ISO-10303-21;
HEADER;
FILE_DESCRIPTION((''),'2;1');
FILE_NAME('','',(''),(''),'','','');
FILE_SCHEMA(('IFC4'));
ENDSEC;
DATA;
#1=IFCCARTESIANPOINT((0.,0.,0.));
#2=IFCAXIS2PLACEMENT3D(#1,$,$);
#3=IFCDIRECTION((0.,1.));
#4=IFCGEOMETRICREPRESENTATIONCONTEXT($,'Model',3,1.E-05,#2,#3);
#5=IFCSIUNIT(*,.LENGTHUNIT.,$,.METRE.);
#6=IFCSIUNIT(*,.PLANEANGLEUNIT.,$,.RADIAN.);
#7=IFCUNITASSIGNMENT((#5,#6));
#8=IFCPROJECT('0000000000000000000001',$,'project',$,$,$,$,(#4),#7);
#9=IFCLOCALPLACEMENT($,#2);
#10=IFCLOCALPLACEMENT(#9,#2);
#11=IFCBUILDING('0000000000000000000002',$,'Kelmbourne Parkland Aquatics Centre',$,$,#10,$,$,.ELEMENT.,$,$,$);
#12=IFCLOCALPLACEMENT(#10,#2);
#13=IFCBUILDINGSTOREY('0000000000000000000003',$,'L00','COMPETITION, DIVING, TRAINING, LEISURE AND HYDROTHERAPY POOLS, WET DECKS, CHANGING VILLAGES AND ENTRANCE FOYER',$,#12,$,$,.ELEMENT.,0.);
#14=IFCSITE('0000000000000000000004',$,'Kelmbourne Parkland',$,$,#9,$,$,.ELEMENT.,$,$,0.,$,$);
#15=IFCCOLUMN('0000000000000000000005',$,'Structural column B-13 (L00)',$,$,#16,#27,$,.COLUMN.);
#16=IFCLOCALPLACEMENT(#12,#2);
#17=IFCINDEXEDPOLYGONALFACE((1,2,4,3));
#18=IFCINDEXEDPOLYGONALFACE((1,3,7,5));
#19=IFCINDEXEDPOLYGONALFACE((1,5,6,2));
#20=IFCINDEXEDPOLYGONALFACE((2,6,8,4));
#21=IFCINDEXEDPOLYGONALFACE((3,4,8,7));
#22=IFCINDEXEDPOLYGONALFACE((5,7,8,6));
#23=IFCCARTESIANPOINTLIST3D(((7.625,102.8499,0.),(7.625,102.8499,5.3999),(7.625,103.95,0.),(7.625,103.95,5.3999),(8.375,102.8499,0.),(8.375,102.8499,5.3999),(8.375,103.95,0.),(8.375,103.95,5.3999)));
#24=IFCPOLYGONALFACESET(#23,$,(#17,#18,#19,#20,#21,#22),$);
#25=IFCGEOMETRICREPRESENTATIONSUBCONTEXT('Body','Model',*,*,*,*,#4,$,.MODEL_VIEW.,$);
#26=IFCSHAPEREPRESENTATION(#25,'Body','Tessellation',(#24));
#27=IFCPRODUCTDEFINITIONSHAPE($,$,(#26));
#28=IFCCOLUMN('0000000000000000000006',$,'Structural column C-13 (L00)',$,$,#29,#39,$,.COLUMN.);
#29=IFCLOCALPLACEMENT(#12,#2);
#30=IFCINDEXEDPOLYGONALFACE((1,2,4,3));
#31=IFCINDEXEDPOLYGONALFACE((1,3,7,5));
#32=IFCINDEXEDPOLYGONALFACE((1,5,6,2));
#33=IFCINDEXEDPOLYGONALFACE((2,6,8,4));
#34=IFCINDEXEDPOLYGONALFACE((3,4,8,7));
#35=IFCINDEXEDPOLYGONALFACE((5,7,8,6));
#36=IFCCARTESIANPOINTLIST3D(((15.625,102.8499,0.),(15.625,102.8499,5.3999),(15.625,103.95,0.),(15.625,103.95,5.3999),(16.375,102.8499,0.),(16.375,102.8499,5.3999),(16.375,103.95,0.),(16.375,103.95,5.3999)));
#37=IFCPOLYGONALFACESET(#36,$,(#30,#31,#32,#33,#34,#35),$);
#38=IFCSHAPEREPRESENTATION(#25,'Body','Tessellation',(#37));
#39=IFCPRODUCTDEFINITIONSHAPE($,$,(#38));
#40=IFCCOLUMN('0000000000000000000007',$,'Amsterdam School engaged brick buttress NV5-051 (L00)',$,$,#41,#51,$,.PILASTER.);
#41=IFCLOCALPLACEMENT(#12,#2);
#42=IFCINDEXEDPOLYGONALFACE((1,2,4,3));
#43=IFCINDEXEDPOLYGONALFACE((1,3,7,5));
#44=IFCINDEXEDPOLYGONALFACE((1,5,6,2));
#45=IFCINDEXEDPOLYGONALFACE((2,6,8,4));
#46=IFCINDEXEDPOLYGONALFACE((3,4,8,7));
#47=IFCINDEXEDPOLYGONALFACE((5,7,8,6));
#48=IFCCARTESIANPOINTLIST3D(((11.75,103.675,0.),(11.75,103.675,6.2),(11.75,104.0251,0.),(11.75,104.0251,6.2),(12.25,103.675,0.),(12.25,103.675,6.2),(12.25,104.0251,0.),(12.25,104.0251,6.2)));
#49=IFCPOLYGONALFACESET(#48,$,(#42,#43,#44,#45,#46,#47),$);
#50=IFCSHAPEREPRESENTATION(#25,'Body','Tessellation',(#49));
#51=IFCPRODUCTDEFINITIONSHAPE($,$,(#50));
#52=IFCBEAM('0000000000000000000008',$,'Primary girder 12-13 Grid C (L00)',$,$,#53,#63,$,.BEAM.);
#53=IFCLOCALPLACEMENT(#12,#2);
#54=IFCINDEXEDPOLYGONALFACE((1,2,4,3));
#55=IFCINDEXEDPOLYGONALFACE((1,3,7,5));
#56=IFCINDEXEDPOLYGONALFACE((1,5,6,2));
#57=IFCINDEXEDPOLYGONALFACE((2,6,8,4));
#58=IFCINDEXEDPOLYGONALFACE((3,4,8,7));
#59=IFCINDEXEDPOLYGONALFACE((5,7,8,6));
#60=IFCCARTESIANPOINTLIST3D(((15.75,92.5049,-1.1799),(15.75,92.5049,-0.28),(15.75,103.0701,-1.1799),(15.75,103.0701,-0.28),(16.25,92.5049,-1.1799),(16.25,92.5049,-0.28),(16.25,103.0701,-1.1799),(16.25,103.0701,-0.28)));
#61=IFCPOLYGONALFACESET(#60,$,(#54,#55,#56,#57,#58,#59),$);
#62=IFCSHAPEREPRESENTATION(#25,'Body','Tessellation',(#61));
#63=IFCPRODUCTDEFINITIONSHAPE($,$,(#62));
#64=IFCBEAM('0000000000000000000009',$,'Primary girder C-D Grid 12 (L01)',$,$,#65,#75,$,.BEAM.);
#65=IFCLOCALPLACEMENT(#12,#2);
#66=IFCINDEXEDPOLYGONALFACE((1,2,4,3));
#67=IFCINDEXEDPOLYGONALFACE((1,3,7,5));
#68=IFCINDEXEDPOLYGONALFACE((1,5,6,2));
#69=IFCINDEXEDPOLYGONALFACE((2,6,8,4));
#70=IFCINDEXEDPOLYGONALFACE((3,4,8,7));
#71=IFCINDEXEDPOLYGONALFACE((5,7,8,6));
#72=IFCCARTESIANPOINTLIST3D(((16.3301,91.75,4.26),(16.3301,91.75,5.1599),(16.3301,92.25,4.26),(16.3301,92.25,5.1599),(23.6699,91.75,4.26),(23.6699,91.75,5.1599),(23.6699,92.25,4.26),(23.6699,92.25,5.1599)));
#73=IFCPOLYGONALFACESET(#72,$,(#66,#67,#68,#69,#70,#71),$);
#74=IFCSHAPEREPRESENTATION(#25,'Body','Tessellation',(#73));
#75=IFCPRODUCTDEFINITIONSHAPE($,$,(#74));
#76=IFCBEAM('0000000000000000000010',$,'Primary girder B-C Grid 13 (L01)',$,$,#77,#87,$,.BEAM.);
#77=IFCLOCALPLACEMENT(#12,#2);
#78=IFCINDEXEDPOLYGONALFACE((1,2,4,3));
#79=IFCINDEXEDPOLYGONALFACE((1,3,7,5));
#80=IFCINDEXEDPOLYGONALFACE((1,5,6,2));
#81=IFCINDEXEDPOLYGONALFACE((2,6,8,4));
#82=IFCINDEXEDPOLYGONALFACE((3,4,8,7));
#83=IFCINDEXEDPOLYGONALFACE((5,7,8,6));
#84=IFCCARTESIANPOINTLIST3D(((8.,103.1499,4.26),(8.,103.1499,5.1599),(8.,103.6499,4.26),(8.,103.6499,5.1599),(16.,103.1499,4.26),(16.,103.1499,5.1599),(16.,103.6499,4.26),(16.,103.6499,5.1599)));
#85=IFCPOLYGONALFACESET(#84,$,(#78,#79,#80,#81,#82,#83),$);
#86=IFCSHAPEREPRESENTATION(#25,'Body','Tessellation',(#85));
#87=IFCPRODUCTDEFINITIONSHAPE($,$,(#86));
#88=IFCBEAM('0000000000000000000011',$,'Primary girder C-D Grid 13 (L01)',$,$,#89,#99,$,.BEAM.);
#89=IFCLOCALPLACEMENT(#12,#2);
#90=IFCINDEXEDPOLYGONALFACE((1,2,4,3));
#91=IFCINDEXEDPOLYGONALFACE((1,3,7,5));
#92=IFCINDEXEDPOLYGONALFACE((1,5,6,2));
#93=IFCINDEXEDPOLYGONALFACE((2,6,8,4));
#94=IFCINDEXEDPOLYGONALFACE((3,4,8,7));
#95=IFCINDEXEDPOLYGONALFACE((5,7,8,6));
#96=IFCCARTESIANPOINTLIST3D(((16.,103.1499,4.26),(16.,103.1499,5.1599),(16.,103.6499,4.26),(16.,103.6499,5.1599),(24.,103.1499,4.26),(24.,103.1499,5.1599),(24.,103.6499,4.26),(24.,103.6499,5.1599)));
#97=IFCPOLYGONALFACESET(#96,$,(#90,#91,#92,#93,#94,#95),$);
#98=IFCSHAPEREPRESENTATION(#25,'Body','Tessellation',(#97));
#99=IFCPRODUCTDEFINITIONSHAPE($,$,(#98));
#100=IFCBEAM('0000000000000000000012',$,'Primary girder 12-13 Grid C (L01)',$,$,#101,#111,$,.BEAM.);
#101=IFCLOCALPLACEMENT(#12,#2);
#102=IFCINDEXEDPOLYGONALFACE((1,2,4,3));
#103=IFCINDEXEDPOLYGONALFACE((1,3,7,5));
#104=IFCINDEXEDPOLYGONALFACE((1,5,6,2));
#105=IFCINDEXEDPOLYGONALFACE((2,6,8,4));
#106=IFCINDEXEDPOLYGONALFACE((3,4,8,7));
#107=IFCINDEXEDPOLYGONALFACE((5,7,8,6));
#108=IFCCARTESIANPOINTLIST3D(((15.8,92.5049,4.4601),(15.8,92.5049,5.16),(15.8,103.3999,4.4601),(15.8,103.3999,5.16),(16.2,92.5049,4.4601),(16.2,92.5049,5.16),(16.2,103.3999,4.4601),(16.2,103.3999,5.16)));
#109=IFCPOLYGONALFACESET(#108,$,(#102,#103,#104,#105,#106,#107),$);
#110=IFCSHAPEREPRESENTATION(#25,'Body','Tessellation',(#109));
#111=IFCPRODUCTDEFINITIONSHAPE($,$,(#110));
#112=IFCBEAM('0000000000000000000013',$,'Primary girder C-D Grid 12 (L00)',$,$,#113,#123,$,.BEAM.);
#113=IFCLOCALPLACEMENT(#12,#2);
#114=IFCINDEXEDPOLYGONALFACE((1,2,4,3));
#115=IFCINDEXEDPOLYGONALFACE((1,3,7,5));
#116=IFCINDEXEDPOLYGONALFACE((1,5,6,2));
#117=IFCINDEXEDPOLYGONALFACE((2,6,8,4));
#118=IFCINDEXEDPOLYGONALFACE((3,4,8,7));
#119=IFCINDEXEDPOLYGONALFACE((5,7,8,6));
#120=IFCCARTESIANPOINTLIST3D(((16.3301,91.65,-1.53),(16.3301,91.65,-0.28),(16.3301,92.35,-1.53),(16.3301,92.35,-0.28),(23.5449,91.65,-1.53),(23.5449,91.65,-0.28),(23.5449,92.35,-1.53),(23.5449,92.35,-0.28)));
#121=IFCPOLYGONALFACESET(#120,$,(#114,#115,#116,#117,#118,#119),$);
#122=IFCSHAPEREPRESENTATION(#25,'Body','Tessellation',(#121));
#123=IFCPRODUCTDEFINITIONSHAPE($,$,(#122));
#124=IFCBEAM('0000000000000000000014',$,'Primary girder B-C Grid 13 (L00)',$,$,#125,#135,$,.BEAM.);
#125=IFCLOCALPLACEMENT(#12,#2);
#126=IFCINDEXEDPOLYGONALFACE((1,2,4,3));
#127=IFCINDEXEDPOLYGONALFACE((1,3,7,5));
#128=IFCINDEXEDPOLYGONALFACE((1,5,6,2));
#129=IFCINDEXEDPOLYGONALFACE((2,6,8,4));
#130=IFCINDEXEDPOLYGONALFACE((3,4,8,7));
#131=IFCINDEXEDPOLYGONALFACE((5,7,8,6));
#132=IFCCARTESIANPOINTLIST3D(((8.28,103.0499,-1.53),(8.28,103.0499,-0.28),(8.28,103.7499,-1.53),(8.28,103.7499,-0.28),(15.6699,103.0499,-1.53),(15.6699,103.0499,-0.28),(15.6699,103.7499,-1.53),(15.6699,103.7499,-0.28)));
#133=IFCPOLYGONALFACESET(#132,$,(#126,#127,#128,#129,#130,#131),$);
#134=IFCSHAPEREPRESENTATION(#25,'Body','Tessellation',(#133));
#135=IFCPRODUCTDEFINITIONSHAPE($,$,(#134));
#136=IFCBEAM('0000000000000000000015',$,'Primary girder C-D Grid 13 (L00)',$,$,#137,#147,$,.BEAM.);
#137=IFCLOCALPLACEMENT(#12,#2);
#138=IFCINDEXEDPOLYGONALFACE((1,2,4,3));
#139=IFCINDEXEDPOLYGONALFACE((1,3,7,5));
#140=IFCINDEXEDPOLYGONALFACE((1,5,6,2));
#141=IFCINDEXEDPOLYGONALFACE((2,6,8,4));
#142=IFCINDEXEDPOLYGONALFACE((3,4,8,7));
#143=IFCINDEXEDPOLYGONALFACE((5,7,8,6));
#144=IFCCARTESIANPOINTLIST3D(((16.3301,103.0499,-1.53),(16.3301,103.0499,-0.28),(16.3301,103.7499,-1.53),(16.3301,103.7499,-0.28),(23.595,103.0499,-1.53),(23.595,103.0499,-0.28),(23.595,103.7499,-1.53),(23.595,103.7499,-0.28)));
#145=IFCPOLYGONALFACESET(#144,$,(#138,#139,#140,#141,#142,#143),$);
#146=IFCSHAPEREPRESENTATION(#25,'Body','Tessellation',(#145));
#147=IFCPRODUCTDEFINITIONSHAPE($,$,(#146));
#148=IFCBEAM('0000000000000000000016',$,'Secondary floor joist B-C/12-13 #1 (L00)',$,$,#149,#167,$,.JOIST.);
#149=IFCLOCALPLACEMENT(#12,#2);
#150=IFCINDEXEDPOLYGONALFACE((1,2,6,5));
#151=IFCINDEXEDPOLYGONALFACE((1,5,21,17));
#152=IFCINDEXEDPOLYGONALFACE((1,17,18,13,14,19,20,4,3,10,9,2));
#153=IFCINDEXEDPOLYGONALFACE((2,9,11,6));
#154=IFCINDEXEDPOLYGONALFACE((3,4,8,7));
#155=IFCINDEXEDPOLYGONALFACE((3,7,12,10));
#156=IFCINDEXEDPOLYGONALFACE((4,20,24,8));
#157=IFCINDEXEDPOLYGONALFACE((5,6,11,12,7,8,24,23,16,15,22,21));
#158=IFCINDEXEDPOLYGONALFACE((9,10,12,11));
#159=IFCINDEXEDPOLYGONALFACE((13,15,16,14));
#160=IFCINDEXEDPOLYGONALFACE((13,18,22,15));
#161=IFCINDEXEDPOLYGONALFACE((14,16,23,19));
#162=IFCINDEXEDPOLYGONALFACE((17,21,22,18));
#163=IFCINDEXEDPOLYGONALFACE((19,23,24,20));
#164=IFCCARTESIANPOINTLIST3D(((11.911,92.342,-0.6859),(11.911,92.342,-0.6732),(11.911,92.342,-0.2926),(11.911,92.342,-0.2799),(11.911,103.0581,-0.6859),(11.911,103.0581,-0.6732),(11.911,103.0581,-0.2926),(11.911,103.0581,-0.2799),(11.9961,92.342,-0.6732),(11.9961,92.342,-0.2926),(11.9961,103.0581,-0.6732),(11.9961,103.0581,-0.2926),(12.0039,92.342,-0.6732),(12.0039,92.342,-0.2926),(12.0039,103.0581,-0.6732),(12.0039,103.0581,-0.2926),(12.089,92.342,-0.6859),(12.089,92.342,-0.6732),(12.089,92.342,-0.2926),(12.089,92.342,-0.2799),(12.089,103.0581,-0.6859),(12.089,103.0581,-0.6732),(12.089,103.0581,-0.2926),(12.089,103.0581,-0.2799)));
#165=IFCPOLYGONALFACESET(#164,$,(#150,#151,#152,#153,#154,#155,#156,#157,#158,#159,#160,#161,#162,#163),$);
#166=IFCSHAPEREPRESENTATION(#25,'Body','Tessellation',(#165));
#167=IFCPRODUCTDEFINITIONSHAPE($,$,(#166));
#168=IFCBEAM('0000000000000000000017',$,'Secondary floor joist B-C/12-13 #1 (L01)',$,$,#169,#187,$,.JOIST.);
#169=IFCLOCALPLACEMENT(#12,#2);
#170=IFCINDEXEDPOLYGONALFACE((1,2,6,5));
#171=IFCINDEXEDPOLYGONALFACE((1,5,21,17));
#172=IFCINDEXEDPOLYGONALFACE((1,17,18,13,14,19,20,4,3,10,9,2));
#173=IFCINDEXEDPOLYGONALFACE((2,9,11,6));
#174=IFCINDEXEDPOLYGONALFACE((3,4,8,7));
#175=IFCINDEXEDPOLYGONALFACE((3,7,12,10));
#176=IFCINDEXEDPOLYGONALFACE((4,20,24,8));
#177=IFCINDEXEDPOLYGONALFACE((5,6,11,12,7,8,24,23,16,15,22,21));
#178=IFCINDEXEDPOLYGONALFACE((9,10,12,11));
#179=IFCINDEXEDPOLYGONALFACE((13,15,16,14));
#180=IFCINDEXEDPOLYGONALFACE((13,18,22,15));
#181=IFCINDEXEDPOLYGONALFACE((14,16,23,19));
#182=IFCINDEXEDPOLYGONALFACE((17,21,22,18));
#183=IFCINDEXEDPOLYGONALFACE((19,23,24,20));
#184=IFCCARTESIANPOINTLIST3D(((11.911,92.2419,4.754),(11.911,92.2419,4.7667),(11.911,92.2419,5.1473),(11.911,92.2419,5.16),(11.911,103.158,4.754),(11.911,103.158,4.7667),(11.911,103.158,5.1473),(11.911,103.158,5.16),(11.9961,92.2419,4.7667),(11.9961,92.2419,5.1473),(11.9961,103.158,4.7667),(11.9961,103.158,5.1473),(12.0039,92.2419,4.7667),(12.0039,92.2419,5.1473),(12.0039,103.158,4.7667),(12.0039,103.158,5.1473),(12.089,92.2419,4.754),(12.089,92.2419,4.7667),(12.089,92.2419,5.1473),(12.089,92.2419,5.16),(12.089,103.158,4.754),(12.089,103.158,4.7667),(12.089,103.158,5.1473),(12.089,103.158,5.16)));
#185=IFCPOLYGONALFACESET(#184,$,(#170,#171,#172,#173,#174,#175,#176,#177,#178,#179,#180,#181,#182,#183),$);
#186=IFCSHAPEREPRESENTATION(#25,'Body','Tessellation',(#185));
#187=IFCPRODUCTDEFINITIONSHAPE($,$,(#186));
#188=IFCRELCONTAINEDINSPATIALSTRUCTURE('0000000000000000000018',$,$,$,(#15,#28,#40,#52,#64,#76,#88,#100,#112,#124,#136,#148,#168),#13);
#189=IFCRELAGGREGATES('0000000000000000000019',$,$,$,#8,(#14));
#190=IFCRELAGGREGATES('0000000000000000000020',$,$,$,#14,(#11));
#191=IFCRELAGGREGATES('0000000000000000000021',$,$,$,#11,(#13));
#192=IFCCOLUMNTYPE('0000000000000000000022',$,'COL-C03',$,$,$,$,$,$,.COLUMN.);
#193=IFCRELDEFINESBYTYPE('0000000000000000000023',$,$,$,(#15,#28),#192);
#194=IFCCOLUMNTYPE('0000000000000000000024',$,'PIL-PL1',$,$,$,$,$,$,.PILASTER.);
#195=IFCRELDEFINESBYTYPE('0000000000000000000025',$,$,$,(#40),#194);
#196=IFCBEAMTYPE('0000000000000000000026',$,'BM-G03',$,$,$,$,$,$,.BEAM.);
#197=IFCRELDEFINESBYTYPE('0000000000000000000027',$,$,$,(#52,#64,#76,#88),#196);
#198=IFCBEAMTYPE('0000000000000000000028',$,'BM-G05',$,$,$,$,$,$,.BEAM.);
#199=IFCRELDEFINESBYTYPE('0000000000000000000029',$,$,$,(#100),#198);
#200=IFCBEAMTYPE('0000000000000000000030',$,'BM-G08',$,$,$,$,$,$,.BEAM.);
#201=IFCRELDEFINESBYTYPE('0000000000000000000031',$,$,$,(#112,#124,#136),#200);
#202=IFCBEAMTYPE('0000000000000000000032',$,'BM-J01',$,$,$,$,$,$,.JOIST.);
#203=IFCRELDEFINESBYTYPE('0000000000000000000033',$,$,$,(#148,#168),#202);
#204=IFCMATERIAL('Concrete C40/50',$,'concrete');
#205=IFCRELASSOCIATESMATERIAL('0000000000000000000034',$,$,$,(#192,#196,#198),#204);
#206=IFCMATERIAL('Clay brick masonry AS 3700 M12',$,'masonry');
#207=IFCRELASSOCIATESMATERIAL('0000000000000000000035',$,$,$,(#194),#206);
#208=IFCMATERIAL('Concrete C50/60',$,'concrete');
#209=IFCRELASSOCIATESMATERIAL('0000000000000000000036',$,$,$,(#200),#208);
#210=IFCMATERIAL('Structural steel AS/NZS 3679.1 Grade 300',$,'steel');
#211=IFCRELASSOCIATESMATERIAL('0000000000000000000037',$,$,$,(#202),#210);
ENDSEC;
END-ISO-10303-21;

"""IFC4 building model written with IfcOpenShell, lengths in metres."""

from ifc_helpers import new_model, si_unit, direction, frame, origin, origin_2d, place, context, subcontext, project, spatial, rectangle, i_section, extrude, material, material_profile, profile_set, type_object, element, save


model = new_model("IFC4")

# Units and contexts
model_context = context("Model", 3, precision=1e-05, world=origin(), true_north=direction((0.0, 1.0)))
body_context = subcontext(model_context, "Body", "Model", "MODEL_VIEW")
ifc_project = project(units=[si_unit("LENGTHUNIT", "METRE"), si_unit("PLANEANGLEUNIT", "RADIAN")], contexts=[model_context])

# Site, building, storey
site_placement = place(None, origin())
site = spatial("IfcSite", under=ifc_project, at=site_placement, Name="Kelmbourne Parkland", CompositionType="ELEMENT", RefElevation=0.0)
building_placement = place(site_placement, origin())
building = spatial("IfcBuilding", under=site, at=building_placement, Name="Kelmbourne Parkland Aquatics Centre", CompositionType="ELEMENT")
storey_placement = place(building_placement, origin())
storey = spatial("IfcBuildingStorey", under=building, at=storey_placement, Name="L00", Description="COMPETITION, DIVING, TRAINING, LEISURE AND HYDROTHERAPY POOLS, WET DECKS, CHANGING VILLAGES AND ENTRANCE FOYER", CompositionType="ELEMENT", Elevation=0.0)

# Columns
ifc_material_1 = material(Name="Concrete C40/50", Category="concrete")
ifc_material_profile_1 = material_profile(ifc_material_1, rectangle(XDim=0.75, YDim=1.1001, at=origin_2d()), Name="RC 750x1100")
ifc_profile_set_1 = profile_set([ifc_material_profile_1], Name="Concrete C40/50")
column_type_1 = type_object("IfcColumnType", Name="COL-C03", PredefinedType="COLUMN", material=ifc_profile_set_1)
for number, where, z_axis, x_axis, name in (
    (1, (8.0, 103.3999, 0.0), (0.0, 0.0, 1.0), (1.0, 0.0, 0.0), "Structural column B-13 (L00)"),
    (2, (16.0, 103.3999, 0.0), (0.0, 0.0, 1.0), (1.0, 0.0, 0.0), "Structural column C-13 (L00)"),
):
    element("IfcColumn", number, at=place(storey_placement, frame(where, z_axis=z_axis, x_axis=x_axis)), inside=storey, type_object=column_type_1, Name=name, PredefinedType="COLUMN", context=body_context, shape_type="SweptSolid", body=[
        extrude(rectangle(XDim=0.75, YDim=1.1001, at=origin_2d()), origin(), (0.0, 0.0, 1.0), 5.3999),
    ])
ifc_material_2 = material(Name="Clay brick masonry AS 3700 M12", Category="masonry")
ifc_material_profile_2 = material_profile(ifc_material_2, rectangle(XDim=0.3501, YDim=0.5, at=origin_2d()), Name="PIL 350x500")
ifc_profile_set_2 = profile_set([ifc_material_profile_2], Name="Clay brick masonry AS 3700 M12")
column_type_2 = type_object("IfcColumnType", Name="PIL-PL1", PredefinedType="PILASTER", material=ifc_profile_set_2)
column_placement = place(storey_placement, frame((12.0, 103.8501, 0.0), z_axis=(0.0, 0.0, 1.0), x_axis=(0.0, 1.0, 0.0)))
element("IfcColumn", 3, at=column_placement, inside=storey, type_object=column_type_2, Name="Amsterdam School engaged brick buttress NV5-051 (L00)", PredefinedType="PILASTER", context=body_context, shape_type="SweptSolid", body=[
    extrude(rectangle(XDim=0.3501, YDim=0.5, at=origin_2d()), origin(), (0.0, 0.0, 1.0), 6.2),
])

# Beams
ifc_material_profile_3 = material_profile(ifc_material_1, rectangle(XDim=0.5, YDim=0.8999, at=origin_2d()), Name="RC 500x900")
ifc_profile_set_3 = profile_set([ifc_material_profile_3], Name="Concrete C40/50")
beam_type_1 = type_object("IfcBeamType", Name="BM-G03", PredefinedType="BEAM", material=ifc_profile_set_3)
beam_1_placement = place(storey_placement, frame((16.0, 92.5049, -0.73), z_axis=(0.0, 1.0, 0.0), x_axis=(-1.0, 0.0, 0.0)))
element("IfcBeam", 4, at=beam_1_placement, inside=storey, type_object=beam_type_1, Name="Primary girder 12-13 Grid C (L00)", PredefinedType="BEAM", context=body_context, shape_type="SweptSolid", body=[
    extrude(rectangle(XDim=0.5, YDim=0.8999, at=origin_2d()), origin(), (0.0, 0.0, 1.0), 10.5652),
])
beam_2_placement = place(storey_placement, frame((16.3301, 92.0, 4.71), z_axis=(1.0, 0.0, 0.0), x_axis=(0.0, 1.0, 0.0)))
element("IfcBeam", 5, at=beam_2_placement, inside=storey, type_object=beam_type_1, Name="Primary girder C-D Grid 12 (L01)", PredefinedType="BEAM", context=body_context, shape_type="SweptSolid", body=[
    extrude(rectangle(XDim=0.5, YDim=0.8999, at=origin_2d()), origin(), (0.0, 0.0, 1.0), 7.3398),
])
for number, where, z_axis, x_axis, name in (
    (6, (8.0, 103.3999, 4.71), (1.0, 0.0, 0.0), (0.0, 1.0, 0.0), "Primary girder B-C Grid 13 (L01)"),
    (7, (16.0, 103.3999, 4.71), (1.0, 0.0, 0.0), (0.0, 1.0, 0.0), "Primary girder C-D Grid 13 (L01)"),
):
    element("IfcBeam", number, at=place(storey_placement, frame(where, z_axis=z_axis, x_axis=x_axis)), inside=storey, type_object=beam_type_1, Name=name, PredefinedType="BEAM", context=body_context, shape_type="SweptSolid", body=[
        extrude(rectangle(XDim=0.5, YDim=0.8999, at=origin_2d()), origin(), (0.0, 0.0, 1.0), 8.0),
    ])
ifc_material_profile_4 = material_profile(ifc_material_1, rectangle(XDim=0.3999, YDim=0.7, at=origin_2d()), Name="RC 400x700")
ifc_profile_set_4 = profile_set([ifc_material_profile_4], Name="Concrete C40/50")
beam_type_2 = type_object("IfcBeamType", Name="BM-G05", PredefinedType="BEAM", material=ifc_profile_set_4)
beam_3_placement = place(storey_placement, frame((16.0, 92.5049, 4.8101), z_axis=(0.0, 1.0, 0.0), x_axis=(-1.0, 0.0, 0.0)))
element("IfcBeam", 8, at=beam_3_placement, inside=storey, type_object=beam_type_2, Name="Primary girder 12-13 Grid C (L01)", PredefinedType="BEAM", context=body_context, shape_type="SweptSolid", body=[
    extrude(rectangle(XDim=0.3999, YDim=0.7, at=origin_2d()), origin(), (0.0, 0.0, 1.0), 10.895),
])
ifc_material_3 = material(Name="Concrete C50/60", Category="concrete")
ifc_material_profile_5 = material_profile(ifc_material_3, rectangle(XDim=0.7, YDim=1.25, at=origin_2d()), Name="RC 700x1250")
ifc_profile_set_5 = profile_set([ifc_material_profile_5], Name="Concrete C50/60")
beam_type_3 = type_object("IfcBeamType", Name="BM-G08", PredefinedType="BEAM", material=ifc_profile_set_5)
beam_4_placement = place(storey_placement, frame((16.3301, 92.0, -0.905), z_axis=(1.0, 0.0, 0.0), x_axis=(0.0, 1.0, 0.0)))
element("IfcBeam", 9, at=beam_4_placement, inside=storey, type_object=beam_type_3, Name="Primary girder C-D Grid 12 (L00)", PredefinedType="BEAM", context=body_context, shape_type="SweptSolid", body=[
    extrude(rectangle(XDim=0.7, YDim=1.25, at=origin_2d()), origin(), (0.0, 0.0, 1.0), 7.2148),
])
beam_5_placement = place(storey_placement, frame((8.28, 103.3999, -0.905), z_axis=(1.0, 0.0, 0.0), x_axis=(0.0, 1.0, 0.0)))
element("IfcBeam", 10, at=beam_5_placement, inside=storey, type_object=beam_type_3, Name="Primary girder B-C Grid 13 (L00)", PredefinedType="BEAM", context=body_context, shape_type="SweptSolid", body=[
    extrude(rectangle(XDim=0.7, YDim=1.25, at=origin_2d()), origin(), (0.0, 0.0, 1.0), 7.3899),
])
beam_6_placement = place(storey_placement, frame((16.3301, 103.3999, -0.905), z_axis=(1.0, 0.0, 0.0), x_axis=(0.0, 1.0, 0.0)))
element("IfcBeam", 11, at=beam_6_placement, inside=storey, type_object=beam_type_3, Name="Primary girder C-D Grid 13 (L00)", PredefinedType="BEAM", context=body_context, shape_type="SweptSolid", body=[
    extrude(rectangle(XDim=0.7, YDim=1.25, at=origin_2d()), origin(), (0.0, 0.0, 1.0), 7.2649),
])
ifc_material_4 = material(Name="Structural steel AS/NZS 3679.1 Grade 300", Category="steel")
ifc_material_profile_6 = material_profile(ifc_material_4, i_section(OverallWidth=0.178, OverallDepth=0.406, WebThickness=0.0078, FlangeThickness=0.0127, at=origin_2d()), Name="410UB59.7")
ifc_profile_set_6 = profile_set([ifc_material_profile_6], Name="Structural steel AS/NZS 3679.1 Grade 300")
beam_type_4 = type_object("IfcBeamType", Name="BM-J01", PredefinedType="JOIST", material=ifc_profile_set_6)
beam_7_placement = place(storey_placement, frame((12.0, 92.342, -0.4829), z_axis=(0.0, 1.0, 0.0), x_axis=(-1.0, 0.0, 0.0)))
element("IfcBeam", 12, at=beam_7_placement, inside=storey, type_object=beam_type_4, Name="Secondary floor joist B-C/12-13 #1 (L00)", PredefinedType="JOIST", context=body_context, shape_type="SweptSolid", body=[
    extrude(i_section(OverallWidth=0.178, OverallDepth=0.406, WebThickness=0.0078, FlangeThickness=0.0127, at=origin_2d()), origin(), (0.0, 0.0, 1.0), 10.7161),
])
beam_8_placement = place(storey_placement, frame((12.0, 92.2419, 4.957), z_axis=(0.0, 1.0, 0.0), x_axis=(-1.0, 0.0, 0.0)))
element("IfcBeam", 13, at=beam_8_placement, inside=storey, type_object=beam_type_4, Name="Secondary floor joist B-C/12-13 #1 (L01)", PredefinedType="JOIST", context=body_context, shape_type="SweptSolid", body=[
    extrude(i_section(OverallWidth=0.178, OverallDepth=0.406, WebThickness=0.0078, FlangeThickness=0.0127, at=origin_2d()), origin(), (0.0, 0.0, 1.0), 10.916),
])

save(model, "model.ifc")
